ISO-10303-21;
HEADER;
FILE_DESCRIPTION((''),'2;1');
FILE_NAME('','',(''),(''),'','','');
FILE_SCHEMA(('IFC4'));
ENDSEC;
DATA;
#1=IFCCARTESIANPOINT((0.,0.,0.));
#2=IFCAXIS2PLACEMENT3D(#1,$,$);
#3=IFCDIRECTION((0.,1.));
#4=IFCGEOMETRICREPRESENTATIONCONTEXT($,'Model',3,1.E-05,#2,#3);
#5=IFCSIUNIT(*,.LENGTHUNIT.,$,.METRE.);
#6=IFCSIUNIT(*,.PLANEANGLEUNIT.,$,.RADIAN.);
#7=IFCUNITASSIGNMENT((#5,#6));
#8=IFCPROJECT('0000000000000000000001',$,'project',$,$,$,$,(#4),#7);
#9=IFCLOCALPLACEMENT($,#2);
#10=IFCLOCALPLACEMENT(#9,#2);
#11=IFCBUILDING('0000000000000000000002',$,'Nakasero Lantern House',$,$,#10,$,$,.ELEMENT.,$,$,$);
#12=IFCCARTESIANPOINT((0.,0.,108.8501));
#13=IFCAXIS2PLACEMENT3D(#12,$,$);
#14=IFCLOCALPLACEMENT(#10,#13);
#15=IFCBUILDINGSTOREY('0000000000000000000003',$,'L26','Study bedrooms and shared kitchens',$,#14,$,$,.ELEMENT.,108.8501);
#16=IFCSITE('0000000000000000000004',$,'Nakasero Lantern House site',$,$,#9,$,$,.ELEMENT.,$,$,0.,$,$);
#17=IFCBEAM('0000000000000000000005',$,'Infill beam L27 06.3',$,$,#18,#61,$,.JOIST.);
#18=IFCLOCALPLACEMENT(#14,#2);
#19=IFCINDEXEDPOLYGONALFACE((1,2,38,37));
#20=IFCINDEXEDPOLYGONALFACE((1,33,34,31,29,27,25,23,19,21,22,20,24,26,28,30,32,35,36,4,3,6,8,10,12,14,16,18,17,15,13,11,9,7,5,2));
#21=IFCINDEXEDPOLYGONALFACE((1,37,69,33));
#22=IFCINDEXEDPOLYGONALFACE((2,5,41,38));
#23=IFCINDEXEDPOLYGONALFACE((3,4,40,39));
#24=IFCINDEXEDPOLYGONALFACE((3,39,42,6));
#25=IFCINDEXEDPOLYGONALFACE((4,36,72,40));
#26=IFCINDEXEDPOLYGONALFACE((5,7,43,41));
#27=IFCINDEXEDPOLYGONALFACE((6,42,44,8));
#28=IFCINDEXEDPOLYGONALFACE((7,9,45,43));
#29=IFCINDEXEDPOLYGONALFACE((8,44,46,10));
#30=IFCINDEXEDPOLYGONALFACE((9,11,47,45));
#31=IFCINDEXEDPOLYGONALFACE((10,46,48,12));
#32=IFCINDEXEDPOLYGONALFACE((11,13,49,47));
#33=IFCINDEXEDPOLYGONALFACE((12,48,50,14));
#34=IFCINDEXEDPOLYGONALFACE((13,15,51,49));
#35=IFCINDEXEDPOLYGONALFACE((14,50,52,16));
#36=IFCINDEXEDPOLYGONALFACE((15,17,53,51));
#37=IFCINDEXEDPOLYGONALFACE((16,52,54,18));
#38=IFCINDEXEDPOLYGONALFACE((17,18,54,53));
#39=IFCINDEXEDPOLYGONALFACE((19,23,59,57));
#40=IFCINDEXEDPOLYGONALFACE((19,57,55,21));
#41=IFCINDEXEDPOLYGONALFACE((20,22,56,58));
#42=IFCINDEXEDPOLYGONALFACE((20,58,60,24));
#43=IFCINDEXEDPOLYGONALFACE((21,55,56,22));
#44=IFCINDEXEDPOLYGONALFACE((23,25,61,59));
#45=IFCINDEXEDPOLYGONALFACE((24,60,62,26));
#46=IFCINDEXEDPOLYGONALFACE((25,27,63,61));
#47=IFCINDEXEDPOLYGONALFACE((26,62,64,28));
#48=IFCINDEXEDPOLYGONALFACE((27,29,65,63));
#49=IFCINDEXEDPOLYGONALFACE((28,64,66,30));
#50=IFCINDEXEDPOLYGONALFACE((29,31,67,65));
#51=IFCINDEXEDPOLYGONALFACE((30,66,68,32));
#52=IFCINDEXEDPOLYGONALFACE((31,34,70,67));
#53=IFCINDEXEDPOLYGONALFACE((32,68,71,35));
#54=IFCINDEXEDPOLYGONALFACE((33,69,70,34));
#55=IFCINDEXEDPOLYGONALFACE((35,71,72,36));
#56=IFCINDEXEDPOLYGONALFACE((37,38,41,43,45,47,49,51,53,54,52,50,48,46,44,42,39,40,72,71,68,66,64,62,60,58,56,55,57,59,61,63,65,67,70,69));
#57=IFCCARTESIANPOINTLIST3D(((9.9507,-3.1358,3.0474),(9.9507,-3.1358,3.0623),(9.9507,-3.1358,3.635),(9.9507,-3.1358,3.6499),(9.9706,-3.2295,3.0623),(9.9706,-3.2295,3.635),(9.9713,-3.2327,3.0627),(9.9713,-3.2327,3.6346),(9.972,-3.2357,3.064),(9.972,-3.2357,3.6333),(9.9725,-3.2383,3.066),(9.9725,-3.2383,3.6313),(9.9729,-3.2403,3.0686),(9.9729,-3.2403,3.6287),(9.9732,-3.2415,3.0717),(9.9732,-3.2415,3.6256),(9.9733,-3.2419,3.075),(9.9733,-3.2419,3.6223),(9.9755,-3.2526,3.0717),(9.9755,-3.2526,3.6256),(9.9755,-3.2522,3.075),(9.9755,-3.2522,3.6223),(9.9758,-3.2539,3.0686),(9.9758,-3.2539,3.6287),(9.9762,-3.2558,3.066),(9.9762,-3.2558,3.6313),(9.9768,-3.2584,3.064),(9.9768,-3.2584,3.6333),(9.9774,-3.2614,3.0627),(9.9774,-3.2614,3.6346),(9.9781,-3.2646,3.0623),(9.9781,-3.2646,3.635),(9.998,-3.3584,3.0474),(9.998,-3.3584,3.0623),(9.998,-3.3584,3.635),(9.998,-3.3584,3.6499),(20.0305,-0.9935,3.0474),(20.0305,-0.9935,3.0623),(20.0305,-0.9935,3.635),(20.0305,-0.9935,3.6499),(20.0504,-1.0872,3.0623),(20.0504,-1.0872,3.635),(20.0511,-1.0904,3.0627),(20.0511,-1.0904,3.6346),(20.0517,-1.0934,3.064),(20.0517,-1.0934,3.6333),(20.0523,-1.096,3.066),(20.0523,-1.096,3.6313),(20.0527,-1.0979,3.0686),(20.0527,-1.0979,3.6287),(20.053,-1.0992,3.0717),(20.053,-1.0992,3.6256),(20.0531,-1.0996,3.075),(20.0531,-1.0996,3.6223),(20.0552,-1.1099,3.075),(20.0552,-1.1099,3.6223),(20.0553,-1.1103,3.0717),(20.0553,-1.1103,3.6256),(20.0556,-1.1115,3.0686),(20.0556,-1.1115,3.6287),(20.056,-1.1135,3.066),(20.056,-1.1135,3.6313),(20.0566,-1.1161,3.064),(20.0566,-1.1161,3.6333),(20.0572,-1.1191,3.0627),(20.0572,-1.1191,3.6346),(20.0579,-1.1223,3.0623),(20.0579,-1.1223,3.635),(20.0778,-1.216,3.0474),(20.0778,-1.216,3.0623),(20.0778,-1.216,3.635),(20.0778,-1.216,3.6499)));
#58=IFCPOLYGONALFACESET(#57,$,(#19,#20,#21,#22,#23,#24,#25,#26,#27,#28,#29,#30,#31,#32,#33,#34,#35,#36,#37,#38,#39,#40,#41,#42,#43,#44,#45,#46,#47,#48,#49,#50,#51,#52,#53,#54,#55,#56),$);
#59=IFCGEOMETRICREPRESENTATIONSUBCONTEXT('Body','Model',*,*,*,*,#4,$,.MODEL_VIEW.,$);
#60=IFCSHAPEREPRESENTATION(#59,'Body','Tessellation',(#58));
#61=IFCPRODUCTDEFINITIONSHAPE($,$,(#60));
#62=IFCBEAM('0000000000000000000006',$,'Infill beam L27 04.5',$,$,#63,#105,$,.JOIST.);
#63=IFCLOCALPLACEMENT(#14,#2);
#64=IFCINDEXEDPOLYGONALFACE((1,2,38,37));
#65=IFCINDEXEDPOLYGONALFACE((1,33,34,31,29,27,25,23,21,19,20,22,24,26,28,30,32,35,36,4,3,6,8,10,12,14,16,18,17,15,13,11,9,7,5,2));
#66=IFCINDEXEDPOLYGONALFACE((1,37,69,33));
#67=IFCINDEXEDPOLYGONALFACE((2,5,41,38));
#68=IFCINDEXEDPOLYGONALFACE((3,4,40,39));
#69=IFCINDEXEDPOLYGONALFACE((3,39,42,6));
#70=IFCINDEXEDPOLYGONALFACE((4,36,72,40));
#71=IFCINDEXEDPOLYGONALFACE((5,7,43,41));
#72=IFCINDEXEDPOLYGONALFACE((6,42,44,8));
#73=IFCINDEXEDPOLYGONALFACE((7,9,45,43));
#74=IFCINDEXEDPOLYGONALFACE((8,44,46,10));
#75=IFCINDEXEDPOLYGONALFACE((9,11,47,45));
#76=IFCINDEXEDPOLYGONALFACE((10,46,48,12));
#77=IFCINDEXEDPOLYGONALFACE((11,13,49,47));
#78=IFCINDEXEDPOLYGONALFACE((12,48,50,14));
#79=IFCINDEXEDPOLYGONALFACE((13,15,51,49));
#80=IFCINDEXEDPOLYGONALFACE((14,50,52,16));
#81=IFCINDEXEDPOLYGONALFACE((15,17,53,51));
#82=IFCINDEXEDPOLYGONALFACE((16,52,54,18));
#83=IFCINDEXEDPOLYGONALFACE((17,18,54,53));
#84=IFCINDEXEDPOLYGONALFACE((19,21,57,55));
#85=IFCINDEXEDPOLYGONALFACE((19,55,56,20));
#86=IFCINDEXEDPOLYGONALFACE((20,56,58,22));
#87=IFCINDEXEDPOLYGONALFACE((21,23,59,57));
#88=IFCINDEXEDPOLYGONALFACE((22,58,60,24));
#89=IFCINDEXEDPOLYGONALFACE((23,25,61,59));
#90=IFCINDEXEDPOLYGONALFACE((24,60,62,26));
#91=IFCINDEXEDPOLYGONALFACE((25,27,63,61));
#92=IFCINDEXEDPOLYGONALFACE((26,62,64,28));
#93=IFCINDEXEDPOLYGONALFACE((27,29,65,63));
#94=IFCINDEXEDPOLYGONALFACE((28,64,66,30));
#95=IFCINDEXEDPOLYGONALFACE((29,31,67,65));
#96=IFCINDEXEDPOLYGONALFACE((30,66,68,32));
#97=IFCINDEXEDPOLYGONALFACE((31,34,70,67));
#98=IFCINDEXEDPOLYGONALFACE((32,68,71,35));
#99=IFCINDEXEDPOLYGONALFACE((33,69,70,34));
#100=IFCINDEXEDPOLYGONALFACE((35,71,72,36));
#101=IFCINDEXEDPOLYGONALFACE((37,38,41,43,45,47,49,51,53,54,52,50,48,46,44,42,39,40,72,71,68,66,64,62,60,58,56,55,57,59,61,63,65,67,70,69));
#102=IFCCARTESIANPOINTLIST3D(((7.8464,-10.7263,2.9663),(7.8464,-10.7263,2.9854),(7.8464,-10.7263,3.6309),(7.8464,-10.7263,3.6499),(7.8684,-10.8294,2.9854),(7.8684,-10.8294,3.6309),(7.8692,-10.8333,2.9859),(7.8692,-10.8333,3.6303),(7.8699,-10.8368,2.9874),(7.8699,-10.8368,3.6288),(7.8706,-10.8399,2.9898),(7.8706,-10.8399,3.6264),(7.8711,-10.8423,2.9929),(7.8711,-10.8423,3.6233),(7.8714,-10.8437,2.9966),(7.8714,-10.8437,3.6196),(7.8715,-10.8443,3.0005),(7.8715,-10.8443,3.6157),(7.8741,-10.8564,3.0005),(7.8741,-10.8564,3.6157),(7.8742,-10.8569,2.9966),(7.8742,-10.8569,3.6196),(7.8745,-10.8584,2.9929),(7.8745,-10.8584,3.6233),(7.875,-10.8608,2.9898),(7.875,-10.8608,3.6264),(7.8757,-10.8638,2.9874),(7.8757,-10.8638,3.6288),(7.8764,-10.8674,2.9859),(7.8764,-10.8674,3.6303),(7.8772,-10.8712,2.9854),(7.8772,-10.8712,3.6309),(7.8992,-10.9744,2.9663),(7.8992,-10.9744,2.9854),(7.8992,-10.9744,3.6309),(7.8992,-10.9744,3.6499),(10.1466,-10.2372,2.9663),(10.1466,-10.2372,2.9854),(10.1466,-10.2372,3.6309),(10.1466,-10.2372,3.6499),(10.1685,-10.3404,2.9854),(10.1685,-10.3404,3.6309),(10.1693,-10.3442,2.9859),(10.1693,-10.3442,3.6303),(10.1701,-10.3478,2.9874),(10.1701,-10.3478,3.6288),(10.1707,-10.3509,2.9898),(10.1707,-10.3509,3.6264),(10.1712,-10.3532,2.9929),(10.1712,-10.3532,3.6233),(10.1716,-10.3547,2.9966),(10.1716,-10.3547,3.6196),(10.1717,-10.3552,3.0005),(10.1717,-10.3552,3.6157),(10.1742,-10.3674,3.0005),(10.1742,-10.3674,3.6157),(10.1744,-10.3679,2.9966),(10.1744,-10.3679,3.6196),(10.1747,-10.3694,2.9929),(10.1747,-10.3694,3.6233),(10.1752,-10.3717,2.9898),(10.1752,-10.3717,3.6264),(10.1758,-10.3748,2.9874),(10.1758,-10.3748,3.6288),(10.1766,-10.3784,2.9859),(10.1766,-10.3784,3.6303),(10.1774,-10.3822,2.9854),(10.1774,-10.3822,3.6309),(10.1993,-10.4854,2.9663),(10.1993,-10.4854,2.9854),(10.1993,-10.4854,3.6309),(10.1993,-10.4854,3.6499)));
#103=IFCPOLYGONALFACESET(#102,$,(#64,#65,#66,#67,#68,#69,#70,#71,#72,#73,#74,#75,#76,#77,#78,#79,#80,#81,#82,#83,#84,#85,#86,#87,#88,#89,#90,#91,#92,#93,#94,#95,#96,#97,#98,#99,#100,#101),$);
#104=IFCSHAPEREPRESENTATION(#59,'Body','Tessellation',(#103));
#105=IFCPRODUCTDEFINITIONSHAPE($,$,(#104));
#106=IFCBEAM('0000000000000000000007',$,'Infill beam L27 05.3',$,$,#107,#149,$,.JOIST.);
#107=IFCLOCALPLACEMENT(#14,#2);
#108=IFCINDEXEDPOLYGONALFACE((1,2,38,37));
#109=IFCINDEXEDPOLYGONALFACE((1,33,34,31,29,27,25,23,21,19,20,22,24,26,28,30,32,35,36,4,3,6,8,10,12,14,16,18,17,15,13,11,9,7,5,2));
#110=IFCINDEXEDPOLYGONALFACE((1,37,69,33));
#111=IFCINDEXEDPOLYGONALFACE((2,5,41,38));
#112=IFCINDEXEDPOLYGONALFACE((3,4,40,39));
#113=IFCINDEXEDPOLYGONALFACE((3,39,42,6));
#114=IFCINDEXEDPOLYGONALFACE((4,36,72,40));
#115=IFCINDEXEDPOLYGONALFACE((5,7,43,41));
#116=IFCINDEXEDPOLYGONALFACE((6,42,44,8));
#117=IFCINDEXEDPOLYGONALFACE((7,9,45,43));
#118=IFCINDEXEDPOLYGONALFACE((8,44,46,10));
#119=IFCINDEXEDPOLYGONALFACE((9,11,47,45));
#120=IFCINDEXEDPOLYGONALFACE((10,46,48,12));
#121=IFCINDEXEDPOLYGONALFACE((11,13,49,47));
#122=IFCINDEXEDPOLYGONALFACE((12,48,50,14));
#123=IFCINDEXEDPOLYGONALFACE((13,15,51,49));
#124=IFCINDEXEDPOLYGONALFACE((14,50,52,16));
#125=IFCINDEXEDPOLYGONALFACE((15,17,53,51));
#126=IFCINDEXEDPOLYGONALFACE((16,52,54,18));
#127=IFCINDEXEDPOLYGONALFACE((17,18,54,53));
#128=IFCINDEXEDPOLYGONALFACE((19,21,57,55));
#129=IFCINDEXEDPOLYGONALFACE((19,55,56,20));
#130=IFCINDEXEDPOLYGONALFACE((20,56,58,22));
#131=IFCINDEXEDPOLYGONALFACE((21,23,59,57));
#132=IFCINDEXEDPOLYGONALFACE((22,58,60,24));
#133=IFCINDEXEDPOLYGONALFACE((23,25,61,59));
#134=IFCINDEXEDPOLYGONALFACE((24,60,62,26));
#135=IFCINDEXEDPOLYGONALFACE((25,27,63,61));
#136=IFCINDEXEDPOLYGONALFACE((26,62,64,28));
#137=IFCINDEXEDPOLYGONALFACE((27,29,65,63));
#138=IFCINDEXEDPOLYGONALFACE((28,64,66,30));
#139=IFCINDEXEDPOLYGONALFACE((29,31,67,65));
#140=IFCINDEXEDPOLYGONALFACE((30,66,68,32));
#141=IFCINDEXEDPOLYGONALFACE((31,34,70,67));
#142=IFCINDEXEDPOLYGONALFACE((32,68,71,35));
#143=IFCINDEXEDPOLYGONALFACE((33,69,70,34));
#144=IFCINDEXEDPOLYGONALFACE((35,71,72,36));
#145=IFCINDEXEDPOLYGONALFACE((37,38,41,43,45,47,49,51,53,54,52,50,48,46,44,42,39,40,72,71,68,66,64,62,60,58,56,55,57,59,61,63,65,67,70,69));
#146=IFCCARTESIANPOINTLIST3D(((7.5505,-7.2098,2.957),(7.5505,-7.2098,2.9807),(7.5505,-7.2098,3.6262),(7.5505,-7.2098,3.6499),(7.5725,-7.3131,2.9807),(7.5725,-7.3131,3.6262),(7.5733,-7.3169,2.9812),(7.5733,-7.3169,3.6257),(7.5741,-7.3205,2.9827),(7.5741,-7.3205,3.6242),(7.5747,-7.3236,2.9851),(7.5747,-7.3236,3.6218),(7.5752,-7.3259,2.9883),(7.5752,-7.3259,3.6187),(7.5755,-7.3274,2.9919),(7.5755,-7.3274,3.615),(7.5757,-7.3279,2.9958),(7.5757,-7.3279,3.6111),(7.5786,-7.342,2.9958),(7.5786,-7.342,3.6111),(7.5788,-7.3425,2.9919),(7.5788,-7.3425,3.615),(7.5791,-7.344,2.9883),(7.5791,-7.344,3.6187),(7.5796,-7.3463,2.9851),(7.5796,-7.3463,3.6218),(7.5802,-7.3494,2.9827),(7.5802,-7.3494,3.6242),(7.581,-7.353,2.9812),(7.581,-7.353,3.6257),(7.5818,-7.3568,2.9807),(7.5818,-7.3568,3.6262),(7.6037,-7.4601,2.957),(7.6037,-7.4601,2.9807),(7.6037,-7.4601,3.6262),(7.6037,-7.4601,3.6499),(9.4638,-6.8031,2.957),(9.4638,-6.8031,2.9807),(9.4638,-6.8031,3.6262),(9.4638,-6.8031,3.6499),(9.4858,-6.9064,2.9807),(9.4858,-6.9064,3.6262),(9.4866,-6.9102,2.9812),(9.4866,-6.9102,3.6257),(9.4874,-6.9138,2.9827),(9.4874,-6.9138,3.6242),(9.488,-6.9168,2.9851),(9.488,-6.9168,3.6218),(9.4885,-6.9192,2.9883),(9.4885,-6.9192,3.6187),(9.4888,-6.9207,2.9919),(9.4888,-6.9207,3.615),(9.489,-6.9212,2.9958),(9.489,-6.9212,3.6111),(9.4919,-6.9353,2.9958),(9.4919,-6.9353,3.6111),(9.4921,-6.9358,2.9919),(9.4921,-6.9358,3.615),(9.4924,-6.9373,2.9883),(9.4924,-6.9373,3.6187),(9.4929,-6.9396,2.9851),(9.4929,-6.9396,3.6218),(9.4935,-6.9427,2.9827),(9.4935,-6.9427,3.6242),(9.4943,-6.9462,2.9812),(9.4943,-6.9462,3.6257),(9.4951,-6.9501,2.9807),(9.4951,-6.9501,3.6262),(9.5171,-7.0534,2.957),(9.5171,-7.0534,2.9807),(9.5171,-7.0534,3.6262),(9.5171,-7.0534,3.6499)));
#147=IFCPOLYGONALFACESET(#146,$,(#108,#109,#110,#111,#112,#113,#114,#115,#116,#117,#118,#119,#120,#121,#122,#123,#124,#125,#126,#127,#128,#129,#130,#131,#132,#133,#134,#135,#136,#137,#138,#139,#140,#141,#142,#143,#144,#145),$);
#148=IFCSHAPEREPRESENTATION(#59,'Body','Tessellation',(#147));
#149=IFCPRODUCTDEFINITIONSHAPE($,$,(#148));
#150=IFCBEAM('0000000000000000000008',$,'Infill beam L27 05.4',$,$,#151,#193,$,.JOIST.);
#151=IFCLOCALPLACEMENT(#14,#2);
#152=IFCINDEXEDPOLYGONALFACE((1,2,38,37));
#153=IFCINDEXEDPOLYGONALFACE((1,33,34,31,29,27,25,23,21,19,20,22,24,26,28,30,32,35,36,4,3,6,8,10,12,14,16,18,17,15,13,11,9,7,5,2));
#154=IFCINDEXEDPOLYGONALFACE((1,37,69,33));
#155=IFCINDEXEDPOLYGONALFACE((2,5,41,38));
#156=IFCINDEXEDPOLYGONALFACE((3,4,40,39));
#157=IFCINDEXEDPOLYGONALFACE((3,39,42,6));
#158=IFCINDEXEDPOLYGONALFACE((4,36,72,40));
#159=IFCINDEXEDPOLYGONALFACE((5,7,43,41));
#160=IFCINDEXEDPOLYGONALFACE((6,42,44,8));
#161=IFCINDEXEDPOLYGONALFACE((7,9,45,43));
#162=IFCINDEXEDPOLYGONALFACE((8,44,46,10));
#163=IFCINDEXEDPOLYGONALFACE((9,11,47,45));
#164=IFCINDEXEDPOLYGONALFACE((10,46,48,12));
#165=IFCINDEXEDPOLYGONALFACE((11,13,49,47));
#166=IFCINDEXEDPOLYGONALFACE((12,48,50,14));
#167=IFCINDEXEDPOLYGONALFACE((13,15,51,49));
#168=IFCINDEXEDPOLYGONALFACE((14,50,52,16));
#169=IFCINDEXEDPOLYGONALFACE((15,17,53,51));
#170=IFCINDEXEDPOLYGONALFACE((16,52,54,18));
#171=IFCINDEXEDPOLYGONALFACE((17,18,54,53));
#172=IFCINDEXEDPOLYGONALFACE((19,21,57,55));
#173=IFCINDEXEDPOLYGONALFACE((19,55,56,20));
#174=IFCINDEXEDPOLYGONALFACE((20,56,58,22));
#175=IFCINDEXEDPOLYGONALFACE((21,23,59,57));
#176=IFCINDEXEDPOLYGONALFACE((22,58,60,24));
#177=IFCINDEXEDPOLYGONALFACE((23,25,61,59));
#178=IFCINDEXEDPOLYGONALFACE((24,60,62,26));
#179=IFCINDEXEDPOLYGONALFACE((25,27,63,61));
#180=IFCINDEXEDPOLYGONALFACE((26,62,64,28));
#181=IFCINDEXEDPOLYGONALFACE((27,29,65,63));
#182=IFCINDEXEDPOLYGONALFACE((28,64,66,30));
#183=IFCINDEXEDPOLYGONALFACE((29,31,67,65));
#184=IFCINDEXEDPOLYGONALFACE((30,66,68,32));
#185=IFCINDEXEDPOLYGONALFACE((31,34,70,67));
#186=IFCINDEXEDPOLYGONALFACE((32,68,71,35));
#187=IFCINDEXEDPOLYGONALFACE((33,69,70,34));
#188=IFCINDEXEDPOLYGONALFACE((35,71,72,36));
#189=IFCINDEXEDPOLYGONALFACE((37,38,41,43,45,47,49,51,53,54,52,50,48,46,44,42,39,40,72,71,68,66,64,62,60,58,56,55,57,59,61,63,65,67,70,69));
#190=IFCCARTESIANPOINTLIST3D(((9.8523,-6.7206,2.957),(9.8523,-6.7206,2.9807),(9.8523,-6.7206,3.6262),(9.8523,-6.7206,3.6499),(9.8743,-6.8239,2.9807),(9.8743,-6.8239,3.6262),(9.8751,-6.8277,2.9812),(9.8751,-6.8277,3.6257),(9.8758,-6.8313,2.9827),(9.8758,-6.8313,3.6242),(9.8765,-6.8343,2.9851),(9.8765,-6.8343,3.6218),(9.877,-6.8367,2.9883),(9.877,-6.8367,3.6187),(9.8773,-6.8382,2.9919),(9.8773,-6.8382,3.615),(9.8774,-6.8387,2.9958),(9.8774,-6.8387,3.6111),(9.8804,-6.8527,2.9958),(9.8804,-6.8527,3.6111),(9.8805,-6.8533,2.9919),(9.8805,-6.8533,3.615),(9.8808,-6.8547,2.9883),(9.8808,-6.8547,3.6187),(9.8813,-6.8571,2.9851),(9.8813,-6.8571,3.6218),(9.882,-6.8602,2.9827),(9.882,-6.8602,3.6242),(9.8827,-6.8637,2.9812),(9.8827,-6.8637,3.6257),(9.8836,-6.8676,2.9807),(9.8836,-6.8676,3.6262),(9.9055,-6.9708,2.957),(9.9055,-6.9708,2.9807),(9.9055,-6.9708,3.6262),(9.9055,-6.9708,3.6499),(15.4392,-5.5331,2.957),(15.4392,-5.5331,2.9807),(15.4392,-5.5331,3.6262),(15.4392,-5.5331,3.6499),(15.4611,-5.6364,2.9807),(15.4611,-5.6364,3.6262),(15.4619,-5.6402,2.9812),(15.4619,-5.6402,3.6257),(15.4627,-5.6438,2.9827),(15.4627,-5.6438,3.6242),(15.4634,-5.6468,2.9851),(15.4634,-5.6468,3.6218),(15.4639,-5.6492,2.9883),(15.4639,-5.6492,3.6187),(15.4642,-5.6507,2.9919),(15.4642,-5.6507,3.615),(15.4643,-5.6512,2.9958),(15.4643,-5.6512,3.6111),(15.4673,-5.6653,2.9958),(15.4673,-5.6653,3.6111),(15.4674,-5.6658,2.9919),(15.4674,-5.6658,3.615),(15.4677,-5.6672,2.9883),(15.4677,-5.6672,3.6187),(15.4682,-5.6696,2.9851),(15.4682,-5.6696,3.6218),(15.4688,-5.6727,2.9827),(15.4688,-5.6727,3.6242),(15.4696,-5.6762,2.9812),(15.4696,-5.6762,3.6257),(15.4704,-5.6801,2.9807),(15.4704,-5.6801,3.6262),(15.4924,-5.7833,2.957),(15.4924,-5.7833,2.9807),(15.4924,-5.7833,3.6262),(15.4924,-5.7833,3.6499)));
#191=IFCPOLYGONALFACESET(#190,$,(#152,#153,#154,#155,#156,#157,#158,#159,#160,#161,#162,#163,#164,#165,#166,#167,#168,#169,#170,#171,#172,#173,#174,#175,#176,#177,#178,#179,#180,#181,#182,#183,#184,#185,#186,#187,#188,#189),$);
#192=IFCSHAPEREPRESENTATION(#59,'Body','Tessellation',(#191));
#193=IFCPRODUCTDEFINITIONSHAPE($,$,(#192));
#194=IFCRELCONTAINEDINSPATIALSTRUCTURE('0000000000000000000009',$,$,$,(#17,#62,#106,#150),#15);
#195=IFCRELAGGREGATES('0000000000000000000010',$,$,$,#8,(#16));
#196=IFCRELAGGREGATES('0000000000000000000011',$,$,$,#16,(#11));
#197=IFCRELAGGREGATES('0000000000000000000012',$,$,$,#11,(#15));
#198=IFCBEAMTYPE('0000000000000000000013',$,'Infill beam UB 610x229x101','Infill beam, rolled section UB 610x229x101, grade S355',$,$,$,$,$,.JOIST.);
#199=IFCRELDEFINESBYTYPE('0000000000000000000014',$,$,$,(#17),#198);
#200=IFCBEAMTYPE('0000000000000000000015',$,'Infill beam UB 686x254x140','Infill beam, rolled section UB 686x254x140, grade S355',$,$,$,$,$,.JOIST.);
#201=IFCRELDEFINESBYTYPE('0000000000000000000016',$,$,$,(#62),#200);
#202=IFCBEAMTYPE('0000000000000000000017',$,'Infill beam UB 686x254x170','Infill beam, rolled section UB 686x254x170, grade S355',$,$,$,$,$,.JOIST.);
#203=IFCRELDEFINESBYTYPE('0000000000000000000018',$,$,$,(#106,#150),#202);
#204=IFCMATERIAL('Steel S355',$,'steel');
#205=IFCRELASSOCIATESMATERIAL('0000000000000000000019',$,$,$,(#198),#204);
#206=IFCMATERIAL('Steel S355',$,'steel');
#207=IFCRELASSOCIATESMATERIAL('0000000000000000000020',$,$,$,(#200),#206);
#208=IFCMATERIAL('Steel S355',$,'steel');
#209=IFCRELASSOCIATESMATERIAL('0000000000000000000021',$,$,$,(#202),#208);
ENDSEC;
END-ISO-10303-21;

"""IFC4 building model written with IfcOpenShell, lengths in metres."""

from ifc_helpers import new_model, si_unit, direction, frame, origin, origin_2d, place, context, subcontext, project, spatial, i_section, extrude, material, material_profile, profile_set, type_object, element, save


model = new_model("IFC4")

# Units and contexts
model_context = context("Model", 3, precision=1e-05, world=origin(), true_north=direction((0.0, 1.0)))
body_context = subcontext(model_context, "Body", "Model", "MODEL_VIEW")
ifc_project = project(units=[si_unit("LENGTHUNIT", "METRE"), si_unit("PLANEANGLEUNIT", "RADIAN")], contexts=[model_context])

# Site, building, storey
site_placement = place(None, origin())
site = spatial("IfcSite", under=ifc_project, at=site_placement, Name="Nakasero Lantern House site", CompositionType="ELEMENT", RefElevation=0.0)
building_placement = place(site_placement, origin())
building = spatial("IfcBuilding", under=site, at=building_placement, Name="Nakasero Lantern House", CompositionType="ELEMENT")
storey_placement = place(building_placement, frame((0.0, 0.0, 108.8501)))
storey = spatial("IfcBuildingStorey", under=building, at=storey_placement, Name="L26", Description="Study bedrooms and shared kitchens", CompositionType="ELEMENT", Elevation=108.8501)

# Beams
ifc_material_1 = material(Name="Steel S355", Category="steel")
ifc_material_profile_1 = material_profile(ifc_material_1, i_section(OverallWidth=0.2275, OverallDepth=0.6025, WebThickness=0.0105, FlangeThickness=0.0149, FilletRadius=0.0127, at=origin_2d()), Name="UB 610x229x101")
ifc_profile_set_1 = profile_set([ifc_material_profile_1], Name="Steel S355")
beam_type_1 = type_object("IfcBeamType", Name="Infill beam UB 610x229x101", Description="Infill beam, rolled section UB 610x229x101, grade S355", PredefinedType="JOIST", material=ifc_profile_set_1)
beam_1_placement = place(storey_placement, frame((9.9744, -3.2471, 3.3486), z_axis=(0.978152, 0.207893, 0.0), x_axis=(-0.207893, 0.978152, 0.0)))
element("IfcBeam", 1, at=beam_1_placement, inside=storey, type_object=beam_type_1, Name="Infill beam L27 06.3", PredefinedType="JOIST", context=body_context, shape_type="SweptSolid", body=[
    extrude(i_section(OverallWidth=0.2275, OverallDepth=0.6025, WebThickness=0.0105, FlangeThickness=0.0149, FilletRadius=0.0127, at=origin_2d()), origin(), (0.0, 0.0, 1.0), 10.3049),
])
ifc_material_2 = material(Name="Steel S355", Category="steel")
ifc_material_profile_2 = material_profile(ifc_material_2, i_section(OverallWidth=0.2537, OverallDepth=0.6836, WebThickness=0.0125, FlangeThickness=0.019, FilletRadius=0.0151, at=origin_2d()), Name="UB 686x254x140")
ifc_profile_set_2 = profile_set([ifc_material_profile_2], Name="Steel S355")
beam_type_2 = type_object("IfcBeamType", Name="Infill beam UB 686x254x140", Description="Infill beam, rolled section UB 686x254x140, grade S355", PredefinedType="JOIST", material=ifc_profile_set_2)
beam_2_placement = place(storey_placement, frame((7.8728, -10.8503, 3.3081), z_axis=(0.978137, 0.207962, 0.0), x_axis=(-0.207962, 0.978137, 0.0)))
element("IfcBeam", 2, at=beam_2_placement, inside=storey, type_object=beam_type_2, Name="Infill beam L27 04.5", PredefinedType="JOIST", context=body_context, shape_type="SweptSolid", body=[
    extrude(i_section(OverallWidth=0.2537, OverallDepth=0.6836, WebThickness=0.0125, FlangeThickness=0.019, FilletRadius=0.0151, at=origin_2d()), origin(), (0.0, 0.0, 1.0), 2.3516),
])
ifc_material_3 = material(Name="Steel S355", Category="steel")
ifc_material_profile_3 = material_profile(ifc_material_3, i_section(OverallWidth=0.2559, OverallDepth=0.6929, WebThickness=0.0144, FlangeThickness=0.0237, FilletRadius=0.0151, at=origin_2d()), Name="UB 686x254x170")
ifc_profile_set_3 = profile_set([ifc_material_profile_3], Name="Steel S355")
beam_type_3 = type_object("IfcBeamType", Name="Infill beam UB 686x254x170", Description="Infill beam, rolled section UB 686x254x170, grade S355", PredefinedType="JOIST", material=ifc_profile_set_3)
beam_3_placement = place(storey_placement, frame((7.5771, -7.335, 3.3035), z_axis=(0.978143, 0.207935, 0.0), x_axis=(-0.207935, 0.978143, 0.0)))
element("IfcBeam", 3, at=beam_3_placement, inside=storey, type_object=beam_type_3, Name="Infill beam L27 05.3", PredefinedType="JOIST", context=body_context, shape_type="SweptSolid", body=[
    extrude(i_section(OverallWidth=0.2559, OverallDepth=0.6929, WebThickness=0.0144, FlangeThickness=0.0237, FilletRadius=0.0151, at=origin_2d()), origin(), (0.0, 0.0, 1.0), 1.9561),
])
beam_4_placement = place(storey_placement, frame((9.8789, -6.8457, 3.3035), z_axis=(0.978149, 0.207906, 0.0), x_axis=(-0.207906, 0.978149, 0.0)))
element("IfcBeam", 4, at=beam_4_placement, inside=storey, type_object=beam_type_3, Name="Infill beam L27 05.4", PredefinedType="JOIST", context=body_context, shape_type="SweptSolid", body=[
    extrude(i_section(OverallWidth=0.2559, OverallDepth=0.6929, WebThickness=0.0144, FlangeThickness=0.0237, FilletRadius=0.0151, at=origin_2d()), origin(), (0.0, 0.0, 1.0), 5.7117),
])

save(model, "model.ifc")
